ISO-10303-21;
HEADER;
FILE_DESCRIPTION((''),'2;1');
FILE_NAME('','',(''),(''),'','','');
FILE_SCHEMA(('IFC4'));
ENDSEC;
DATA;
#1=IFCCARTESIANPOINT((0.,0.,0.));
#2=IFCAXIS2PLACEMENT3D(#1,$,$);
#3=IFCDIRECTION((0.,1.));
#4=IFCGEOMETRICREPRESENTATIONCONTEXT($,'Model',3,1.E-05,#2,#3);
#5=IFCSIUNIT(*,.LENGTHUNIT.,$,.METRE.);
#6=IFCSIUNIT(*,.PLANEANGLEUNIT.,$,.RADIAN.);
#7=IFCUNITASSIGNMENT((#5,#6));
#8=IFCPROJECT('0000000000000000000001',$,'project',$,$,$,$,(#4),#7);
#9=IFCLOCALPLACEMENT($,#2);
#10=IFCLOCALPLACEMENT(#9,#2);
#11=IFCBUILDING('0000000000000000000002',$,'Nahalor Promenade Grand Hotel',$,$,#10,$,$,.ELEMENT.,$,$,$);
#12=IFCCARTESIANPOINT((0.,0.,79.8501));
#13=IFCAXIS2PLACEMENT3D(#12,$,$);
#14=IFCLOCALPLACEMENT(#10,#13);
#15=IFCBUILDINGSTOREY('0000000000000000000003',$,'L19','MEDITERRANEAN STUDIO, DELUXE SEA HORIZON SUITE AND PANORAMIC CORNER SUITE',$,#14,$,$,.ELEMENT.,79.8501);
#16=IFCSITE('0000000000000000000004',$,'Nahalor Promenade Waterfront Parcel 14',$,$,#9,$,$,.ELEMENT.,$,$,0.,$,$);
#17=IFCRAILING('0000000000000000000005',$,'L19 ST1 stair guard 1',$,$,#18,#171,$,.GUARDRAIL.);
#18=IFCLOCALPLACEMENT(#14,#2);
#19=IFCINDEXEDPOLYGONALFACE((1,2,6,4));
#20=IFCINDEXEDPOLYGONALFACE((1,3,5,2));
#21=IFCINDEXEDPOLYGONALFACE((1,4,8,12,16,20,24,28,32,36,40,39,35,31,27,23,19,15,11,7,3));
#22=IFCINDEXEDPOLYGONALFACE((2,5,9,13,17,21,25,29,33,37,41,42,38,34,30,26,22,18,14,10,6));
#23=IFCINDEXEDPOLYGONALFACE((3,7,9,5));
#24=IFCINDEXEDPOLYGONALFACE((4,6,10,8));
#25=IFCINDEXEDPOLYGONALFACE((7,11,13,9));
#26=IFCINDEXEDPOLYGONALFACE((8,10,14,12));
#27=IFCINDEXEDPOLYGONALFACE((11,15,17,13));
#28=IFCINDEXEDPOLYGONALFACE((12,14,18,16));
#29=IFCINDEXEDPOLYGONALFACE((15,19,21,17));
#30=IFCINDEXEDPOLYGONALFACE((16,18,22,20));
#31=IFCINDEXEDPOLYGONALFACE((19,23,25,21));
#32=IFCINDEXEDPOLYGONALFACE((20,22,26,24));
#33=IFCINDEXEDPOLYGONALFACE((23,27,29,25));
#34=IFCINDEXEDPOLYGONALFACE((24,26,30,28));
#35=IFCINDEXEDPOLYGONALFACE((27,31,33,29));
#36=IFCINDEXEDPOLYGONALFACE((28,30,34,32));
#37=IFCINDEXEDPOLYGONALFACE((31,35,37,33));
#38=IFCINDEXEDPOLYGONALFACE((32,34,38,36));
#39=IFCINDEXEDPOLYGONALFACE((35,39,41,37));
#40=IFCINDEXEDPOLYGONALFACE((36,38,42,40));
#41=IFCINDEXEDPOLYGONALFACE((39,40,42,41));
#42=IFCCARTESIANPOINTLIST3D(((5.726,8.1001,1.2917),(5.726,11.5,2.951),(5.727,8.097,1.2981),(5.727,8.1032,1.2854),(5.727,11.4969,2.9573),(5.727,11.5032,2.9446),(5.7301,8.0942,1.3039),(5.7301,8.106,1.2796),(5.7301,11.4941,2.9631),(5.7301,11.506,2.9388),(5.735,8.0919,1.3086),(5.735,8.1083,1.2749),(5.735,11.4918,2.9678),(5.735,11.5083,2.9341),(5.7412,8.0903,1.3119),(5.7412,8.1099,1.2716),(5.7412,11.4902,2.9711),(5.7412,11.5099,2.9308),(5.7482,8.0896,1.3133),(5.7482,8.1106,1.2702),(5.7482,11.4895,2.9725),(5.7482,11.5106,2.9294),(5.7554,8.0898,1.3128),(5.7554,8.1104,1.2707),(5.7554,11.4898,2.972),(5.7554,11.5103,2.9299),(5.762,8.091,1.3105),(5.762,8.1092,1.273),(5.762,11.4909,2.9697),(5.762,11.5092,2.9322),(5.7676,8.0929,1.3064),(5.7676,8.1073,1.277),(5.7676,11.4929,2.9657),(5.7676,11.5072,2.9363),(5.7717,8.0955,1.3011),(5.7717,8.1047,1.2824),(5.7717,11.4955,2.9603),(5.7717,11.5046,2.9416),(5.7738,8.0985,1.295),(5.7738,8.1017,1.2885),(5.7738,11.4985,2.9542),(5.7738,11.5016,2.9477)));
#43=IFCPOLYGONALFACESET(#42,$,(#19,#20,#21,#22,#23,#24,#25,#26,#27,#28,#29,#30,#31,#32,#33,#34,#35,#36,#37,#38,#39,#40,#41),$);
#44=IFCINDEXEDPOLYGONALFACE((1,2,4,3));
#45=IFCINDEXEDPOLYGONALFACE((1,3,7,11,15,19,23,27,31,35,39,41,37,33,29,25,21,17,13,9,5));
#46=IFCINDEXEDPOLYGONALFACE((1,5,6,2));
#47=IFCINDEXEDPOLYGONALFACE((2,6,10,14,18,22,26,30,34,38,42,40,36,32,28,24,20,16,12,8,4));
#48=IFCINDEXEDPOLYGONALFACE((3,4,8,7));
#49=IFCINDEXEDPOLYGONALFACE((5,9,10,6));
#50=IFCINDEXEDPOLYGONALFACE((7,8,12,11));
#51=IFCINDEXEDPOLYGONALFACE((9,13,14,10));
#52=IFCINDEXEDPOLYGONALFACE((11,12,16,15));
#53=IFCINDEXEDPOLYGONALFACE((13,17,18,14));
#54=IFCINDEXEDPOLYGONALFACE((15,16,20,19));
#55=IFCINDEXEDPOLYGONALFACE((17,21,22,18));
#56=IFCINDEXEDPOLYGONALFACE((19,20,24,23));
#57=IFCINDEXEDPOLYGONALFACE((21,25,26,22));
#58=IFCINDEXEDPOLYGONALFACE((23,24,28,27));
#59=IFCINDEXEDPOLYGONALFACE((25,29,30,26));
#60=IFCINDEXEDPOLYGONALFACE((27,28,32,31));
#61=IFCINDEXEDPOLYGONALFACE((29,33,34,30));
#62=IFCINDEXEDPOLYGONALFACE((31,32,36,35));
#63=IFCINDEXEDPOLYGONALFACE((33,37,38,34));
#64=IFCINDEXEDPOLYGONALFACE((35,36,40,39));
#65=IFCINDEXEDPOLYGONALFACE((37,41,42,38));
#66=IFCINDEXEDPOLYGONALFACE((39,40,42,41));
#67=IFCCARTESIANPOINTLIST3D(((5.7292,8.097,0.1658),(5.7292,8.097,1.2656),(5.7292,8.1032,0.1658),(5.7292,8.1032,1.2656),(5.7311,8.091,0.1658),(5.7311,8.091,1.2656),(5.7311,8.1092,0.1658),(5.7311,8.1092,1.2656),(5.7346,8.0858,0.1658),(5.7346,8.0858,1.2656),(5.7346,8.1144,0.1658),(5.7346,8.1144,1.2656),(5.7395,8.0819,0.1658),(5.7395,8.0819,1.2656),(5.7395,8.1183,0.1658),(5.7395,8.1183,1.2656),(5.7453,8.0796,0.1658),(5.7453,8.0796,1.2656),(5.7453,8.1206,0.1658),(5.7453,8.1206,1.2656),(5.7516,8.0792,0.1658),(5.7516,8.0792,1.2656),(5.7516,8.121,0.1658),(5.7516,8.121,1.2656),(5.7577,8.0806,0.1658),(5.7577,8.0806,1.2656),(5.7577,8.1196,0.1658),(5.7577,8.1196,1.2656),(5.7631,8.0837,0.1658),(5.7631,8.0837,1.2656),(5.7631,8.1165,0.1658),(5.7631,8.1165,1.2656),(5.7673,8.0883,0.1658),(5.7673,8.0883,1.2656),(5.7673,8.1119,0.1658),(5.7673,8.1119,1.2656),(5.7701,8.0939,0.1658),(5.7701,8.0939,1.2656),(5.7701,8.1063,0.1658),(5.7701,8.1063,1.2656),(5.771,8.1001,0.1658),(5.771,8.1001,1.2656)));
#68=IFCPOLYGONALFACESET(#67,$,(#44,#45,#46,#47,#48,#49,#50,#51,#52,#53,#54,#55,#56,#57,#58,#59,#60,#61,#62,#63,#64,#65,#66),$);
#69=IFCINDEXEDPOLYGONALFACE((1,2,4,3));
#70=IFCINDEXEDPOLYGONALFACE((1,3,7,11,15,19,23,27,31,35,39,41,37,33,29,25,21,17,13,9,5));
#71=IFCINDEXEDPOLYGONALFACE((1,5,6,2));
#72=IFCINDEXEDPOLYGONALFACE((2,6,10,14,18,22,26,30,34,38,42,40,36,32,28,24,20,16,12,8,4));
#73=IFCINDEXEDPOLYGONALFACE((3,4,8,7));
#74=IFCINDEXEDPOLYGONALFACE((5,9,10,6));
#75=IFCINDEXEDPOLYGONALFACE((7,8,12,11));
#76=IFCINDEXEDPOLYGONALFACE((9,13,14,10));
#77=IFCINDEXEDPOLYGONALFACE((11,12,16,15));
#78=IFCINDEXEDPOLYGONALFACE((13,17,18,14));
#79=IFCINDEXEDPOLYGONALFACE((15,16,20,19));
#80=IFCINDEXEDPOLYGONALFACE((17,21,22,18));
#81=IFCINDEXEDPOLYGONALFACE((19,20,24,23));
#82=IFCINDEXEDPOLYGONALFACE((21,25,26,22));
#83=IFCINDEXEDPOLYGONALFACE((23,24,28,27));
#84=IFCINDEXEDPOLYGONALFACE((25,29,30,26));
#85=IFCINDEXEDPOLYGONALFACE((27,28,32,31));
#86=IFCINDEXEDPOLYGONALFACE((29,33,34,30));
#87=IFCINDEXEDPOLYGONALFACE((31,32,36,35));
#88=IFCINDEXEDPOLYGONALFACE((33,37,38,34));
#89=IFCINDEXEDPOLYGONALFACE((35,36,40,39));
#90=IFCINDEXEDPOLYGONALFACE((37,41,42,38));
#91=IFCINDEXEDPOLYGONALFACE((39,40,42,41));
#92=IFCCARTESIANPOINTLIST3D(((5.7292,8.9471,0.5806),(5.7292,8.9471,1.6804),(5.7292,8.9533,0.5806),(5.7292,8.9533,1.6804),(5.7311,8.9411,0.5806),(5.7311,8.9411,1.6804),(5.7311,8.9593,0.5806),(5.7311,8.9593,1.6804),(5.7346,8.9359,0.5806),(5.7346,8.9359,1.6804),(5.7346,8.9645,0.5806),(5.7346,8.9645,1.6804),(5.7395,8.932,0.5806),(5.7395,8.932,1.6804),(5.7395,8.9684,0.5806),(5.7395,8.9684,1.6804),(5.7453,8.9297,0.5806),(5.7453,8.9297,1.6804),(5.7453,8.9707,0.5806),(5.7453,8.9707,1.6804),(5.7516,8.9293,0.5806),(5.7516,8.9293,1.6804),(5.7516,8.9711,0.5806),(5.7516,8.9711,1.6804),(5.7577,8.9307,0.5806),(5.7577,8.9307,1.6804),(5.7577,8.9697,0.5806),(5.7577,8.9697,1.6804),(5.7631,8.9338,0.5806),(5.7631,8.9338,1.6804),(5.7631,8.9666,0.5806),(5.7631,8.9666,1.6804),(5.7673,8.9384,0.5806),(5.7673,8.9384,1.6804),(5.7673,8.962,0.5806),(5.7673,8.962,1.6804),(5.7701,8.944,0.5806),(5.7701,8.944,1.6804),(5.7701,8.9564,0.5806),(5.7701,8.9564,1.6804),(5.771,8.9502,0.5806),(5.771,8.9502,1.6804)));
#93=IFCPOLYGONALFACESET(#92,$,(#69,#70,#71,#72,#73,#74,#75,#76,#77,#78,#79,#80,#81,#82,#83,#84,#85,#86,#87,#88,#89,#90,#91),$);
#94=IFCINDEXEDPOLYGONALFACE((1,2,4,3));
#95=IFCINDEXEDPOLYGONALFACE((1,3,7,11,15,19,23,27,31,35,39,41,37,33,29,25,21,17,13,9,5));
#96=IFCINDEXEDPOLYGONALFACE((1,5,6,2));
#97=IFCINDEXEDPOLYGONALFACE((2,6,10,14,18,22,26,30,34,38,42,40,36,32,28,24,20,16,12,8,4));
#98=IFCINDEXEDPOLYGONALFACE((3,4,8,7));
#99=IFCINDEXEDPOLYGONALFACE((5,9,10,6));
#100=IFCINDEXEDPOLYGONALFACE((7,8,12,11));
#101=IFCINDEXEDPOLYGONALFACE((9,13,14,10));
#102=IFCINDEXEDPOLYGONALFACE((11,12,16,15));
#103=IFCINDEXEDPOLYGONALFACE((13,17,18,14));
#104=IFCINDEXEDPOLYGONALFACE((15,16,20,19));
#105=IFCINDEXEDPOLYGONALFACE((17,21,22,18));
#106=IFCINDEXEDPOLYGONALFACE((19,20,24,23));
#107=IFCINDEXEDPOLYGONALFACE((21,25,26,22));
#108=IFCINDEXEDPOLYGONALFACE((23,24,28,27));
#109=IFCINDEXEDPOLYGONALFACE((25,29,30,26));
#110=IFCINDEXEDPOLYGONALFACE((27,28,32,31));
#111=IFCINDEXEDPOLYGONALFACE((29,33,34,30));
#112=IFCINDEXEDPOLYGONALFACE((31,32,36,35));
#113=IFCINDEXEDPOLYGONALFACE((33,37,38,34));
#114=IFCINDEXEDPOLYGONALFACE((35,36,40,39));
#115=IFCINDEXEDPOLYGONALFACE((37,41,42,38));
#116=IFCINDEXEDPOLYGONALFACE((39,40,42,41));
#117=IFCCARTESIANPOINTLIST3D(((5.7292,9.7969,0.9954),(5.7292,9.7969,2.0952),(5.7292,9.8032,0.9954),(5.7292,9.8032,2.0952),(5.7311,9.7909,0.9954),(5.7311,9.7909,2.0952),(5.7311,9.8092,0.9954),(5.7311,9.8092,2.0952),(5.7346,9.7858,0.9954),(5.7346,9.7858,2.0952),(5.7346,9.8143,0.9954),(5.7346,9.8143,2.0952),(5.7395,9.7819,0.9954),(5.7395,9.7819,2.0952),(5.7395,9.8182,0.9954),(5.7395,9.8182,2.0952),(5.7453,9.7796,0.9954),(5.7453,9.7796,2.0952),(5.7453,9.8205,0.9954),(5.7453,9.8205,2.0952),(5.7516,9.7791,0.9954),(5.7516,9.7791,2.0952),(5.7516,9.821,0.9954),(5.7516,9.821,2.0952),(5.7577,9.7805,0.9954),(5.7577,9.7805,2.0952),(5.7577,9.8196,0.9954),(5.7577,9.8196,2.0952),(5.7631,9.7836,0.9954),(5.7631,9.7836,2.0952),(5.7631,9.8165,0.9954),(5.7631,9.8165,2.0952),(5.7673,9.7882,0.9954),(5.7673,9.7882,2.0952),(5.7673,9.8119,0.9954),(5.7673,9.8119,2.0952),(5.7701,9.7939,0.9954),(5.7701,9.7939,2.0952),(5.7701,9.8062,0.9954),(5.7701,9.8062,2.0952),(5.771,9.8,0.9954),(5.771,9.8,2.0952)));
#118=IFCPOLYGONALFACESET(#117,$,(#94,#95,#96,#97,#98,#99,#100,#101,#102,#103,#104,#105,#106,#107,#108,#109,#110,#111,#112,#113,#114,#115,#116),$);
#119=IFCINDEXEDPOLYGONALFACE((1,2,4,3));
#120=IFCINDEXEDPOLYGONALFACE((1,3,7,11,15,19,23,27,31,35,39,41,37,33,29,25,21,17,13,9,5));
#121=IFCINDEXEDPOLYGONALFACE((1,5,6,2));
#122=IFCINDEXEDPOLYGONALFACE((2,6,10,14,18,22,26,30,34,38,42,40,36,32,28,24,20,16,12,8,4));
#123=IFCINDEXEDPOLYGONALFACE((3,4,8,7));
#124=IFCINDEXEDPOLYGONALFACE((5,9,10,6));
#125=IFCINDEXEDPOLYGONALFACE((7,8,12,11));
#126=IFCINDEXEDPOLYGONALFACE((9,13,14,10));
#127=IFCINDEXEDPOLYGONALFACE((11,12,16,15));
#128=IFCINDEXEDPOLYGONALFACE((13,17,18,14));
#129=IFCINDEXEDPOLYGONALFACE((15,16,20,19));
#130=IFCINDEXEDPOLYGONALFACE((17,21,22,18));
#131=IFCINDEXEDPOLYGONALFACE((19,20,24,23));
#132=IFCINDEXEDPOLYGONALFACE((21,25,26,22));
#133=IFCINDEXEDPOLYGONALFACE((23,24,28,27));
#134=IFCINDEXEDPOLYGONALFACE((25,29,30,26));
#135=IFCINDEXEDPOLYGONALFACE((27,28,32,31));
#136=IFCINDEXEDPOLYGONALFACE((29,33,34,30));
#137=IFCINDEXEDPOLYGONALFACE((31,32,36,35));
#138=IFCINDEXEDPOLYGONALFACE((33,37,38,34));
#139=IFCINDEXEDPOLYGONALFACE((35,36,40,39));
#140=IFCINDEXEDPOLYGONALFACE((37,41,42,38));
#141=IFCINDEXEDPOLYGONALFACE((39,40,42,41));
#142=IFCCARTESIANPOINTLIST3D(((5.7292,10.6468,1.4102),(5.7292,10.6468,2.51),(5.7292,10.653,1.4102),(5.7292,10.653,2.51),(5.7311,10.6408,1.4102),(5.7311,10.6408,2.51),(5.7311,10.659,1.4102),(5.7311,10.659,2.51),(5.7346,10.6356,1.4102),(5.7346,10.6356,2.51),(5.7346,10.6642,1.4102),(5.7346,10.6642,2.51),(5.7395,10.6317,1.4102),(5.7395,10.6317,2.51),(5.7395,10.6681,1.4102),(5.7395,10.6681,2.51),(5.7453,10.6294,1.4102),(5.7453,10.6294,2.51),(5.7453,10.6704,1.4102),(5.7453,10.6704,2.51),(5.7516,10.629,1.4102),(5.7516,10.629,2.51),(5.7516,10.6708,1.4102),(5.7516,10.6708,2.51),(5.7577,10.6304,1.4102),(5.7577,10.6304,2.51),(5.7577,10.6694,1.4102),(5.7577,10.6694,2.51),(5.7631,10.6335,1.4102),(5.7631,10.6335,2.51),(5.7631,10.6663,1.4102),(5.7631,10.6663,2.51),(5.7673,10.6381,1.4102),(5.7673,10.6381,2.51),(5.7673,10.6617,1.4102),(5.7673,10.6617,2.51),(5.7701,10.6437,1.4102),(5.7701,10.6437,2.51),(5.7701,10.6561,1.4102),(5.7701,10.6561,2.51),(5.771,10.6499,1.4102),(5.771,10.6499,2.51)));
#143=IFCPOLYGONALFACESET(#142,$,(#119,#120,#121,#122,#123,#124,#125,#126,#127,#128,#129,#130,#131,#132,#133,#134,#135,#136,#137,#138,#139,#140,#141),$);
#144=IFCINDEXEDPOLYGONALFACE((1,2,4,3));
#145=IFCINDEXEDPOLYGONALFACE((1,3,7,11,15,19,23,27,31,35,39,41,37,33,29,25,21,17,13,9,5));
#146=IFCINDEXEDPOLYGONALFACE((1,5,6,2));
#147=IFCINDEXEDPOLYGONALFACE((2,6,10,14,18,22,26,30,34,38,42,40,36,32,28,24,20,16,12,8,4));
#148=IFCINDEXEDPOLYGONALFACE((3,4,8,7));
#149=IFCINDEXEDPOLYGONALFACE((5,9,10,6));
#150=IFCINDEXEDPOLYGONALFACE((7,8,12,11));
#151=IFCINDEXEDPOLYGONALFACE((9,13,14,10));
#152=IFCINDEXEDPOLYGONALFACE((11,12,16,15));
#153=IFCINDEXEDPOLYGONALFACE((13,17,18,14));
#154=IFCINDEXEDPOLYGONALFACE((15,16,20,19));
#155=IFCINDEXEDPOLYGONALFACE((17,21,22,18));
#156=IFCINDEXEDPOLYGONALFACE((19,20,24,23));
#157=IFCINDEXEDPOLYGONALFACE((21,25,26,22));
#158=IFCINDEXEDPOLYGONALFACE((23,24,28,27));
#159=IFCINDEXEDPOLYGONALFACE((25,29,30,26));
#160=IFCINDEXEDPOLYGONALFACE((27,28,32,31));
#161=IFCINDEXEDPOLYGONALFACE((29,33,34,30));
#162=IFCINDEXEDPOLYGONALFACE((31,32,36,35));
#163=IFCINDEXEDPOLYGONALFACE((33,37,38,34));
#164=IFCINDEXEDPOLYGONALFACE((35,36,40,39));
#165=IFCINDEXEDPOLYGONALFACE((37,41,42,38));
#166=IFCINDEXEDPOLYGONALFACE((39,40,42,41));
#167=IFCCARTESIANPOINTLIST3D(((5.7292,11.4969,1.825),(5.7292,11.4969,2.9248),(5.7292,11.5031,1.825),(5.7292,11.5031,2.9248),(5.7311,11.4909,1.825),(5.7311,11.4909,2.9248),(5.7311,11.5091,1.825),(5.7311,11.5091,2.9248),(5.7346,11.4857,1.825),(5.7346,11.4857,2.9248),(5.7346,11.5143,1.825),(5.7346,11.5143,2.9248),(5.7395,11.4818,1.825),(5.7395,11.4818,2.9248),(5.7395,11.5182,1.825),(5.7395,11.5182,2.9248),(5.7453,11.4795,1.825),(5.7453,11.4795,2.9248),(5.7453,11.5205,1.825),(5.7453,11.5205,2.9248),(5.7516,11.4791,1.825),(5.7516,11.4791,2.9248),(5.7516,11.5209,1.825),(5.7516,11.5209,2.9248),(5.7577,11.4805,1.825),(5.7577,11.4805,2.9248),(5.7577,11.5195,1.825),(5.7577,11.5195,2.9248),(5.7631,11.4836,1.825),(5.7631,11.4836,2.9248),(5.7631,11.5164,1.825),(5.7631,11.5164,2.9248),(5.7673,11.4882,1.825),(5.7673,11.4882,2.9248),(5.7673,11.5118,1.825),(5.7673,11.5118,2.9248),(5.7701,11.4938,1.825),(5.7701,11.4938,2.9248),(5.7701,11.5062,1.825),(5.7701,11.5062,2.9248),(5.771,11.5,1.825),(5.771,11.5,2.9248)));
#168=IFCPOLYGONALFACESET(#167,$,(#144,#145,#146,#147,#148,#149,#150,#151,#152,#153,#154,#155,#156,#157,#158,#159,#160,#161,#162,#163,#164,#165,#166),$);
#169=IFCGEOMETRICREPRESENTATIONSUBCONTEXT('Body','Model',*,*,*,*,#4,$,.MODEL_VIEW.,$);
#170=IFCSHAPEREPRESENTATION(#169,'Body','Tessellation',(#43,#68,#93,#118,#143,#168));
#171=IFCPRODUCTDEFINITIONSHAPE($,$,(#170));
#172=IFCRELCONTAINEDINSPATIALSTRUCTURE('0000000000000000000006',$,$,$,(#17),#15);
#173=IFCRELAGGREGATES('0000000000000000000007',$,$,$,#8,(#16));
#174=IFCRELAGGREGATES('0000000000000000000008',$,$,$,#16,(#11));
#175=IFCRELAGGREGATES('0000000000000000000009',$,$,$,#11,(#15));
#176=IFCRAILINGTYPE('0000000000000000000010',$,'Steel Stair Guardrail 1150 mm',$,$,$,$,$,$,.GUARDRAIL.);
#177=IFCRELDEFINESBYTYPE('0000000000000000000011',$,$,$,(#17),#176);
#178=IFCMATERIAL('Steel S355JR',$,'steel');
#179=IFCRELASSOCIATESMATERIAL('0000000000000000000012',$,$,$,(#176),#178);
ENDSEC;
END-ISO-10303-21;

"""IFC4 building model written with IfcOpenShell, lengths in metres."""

from ifc_helpers import new_model, si_unit, direction, frame, origin, origin_2d, place, context, subcontext, project, spatial, circle, extrude, material, type_object, element, save


model = new_model("IFC4")

# Units and contexts
model_context = context("Model", 3, precision=1e-05, world=origin(), true_north=direction((0.0, 1.0)))
body_context = subcontext(model_context, "Body", "Model", "MODEL_VIEW")
ifc_project = project(units=[si_unit("LENGTHUNIT", "METRE"), si_unit("PLANEANGLEUNIT", "RADIAN")], contexts=[model_context])

# Site, building, storey
site_placement = place(None, origin())
site = spatial("IfcSite", under=ifc_project, at=site_placement, Name="Nahalor Promenade Waterfront Parcel 14", CompositionType="ELEMENT", RefElevation=0.0)
building_placement = place(site_placement, origin())
building = spatial("IfcBuilding", under=site, at=building_placement, Name="Nahalor Promenade Grand Hotel", CompositionType="ELEMENT")
storey_placement = place(building_placement, frame((0.0, 0.0, 79.8501)))
storey = spatial("IfcBuildingStorey", under=building, at=storey_placement, Name="L19", Description="MEDITERRANEAN STUDIO, DELUXE SEA HORIZON SUITE AND PANORAMIC CORNER SUITE", CompositionType="ELEMENT", Elevation=79.8501)

# Shared definitions
ifc_material_1 = material(Name="Steel S355JR", Category="steel")

# Railing
railing_type_1 = type_object("IfcRailingType", Name="Steel Stair Guardrail 1150 mm", PredefinedType="GUARDRAIL", material=ifc_material_1)
railing_1_placement = place(storey_placement, frame((5.75, 8.1001, 0.1658)))
element("IfcRailing", 1, at=railing_1_placement, inside=storey, type_object=railing_type_1, Name="L19 ST1 stair guard 1", PredefinedType="GUARDRAIL", context=body_context, shape_type="SweptSolid", body=[
    extrude(circle(Radius=0.024, at=origin_2d()), frame((0.0, 0.0, 1.126), z_axis=(0.0, 0.898696, 0.438571), x_axis=(-1.0, 0.0, 0.0)), (0.0, 0.0, 1.0), 3.7832),
    extrude(circle(Radius=0.021, at=origin_2d()), origin(), (0.0, 0.0, 1.0), 1.0999),
    extrude(circle(Radius=0.021, at=origin_2d()), frame((0.0, 0.8501, 0.4148)), (0.0, 0.0, 1.0), 1.0999),
    extrude(circle(Radius=0.021, at=origin_2d()), frame((0.0, 1.7, 0.8296)), (0.0, 0.0, 1.0), 1.0999),
    extrude(circle(Radius=0.021, at=origin_2d()), frame((0.0, 2.5498, 1.2444)), (0.0, 0.0, 1.0), 1.0999),
    extrude(circle(Radius=0.021, at=origin_2d()), frame((0.0, 3.3999, 1.6592)), (0.0, 0.0, 1.0), 1.0999),
])

save(model, "model.ifc")
